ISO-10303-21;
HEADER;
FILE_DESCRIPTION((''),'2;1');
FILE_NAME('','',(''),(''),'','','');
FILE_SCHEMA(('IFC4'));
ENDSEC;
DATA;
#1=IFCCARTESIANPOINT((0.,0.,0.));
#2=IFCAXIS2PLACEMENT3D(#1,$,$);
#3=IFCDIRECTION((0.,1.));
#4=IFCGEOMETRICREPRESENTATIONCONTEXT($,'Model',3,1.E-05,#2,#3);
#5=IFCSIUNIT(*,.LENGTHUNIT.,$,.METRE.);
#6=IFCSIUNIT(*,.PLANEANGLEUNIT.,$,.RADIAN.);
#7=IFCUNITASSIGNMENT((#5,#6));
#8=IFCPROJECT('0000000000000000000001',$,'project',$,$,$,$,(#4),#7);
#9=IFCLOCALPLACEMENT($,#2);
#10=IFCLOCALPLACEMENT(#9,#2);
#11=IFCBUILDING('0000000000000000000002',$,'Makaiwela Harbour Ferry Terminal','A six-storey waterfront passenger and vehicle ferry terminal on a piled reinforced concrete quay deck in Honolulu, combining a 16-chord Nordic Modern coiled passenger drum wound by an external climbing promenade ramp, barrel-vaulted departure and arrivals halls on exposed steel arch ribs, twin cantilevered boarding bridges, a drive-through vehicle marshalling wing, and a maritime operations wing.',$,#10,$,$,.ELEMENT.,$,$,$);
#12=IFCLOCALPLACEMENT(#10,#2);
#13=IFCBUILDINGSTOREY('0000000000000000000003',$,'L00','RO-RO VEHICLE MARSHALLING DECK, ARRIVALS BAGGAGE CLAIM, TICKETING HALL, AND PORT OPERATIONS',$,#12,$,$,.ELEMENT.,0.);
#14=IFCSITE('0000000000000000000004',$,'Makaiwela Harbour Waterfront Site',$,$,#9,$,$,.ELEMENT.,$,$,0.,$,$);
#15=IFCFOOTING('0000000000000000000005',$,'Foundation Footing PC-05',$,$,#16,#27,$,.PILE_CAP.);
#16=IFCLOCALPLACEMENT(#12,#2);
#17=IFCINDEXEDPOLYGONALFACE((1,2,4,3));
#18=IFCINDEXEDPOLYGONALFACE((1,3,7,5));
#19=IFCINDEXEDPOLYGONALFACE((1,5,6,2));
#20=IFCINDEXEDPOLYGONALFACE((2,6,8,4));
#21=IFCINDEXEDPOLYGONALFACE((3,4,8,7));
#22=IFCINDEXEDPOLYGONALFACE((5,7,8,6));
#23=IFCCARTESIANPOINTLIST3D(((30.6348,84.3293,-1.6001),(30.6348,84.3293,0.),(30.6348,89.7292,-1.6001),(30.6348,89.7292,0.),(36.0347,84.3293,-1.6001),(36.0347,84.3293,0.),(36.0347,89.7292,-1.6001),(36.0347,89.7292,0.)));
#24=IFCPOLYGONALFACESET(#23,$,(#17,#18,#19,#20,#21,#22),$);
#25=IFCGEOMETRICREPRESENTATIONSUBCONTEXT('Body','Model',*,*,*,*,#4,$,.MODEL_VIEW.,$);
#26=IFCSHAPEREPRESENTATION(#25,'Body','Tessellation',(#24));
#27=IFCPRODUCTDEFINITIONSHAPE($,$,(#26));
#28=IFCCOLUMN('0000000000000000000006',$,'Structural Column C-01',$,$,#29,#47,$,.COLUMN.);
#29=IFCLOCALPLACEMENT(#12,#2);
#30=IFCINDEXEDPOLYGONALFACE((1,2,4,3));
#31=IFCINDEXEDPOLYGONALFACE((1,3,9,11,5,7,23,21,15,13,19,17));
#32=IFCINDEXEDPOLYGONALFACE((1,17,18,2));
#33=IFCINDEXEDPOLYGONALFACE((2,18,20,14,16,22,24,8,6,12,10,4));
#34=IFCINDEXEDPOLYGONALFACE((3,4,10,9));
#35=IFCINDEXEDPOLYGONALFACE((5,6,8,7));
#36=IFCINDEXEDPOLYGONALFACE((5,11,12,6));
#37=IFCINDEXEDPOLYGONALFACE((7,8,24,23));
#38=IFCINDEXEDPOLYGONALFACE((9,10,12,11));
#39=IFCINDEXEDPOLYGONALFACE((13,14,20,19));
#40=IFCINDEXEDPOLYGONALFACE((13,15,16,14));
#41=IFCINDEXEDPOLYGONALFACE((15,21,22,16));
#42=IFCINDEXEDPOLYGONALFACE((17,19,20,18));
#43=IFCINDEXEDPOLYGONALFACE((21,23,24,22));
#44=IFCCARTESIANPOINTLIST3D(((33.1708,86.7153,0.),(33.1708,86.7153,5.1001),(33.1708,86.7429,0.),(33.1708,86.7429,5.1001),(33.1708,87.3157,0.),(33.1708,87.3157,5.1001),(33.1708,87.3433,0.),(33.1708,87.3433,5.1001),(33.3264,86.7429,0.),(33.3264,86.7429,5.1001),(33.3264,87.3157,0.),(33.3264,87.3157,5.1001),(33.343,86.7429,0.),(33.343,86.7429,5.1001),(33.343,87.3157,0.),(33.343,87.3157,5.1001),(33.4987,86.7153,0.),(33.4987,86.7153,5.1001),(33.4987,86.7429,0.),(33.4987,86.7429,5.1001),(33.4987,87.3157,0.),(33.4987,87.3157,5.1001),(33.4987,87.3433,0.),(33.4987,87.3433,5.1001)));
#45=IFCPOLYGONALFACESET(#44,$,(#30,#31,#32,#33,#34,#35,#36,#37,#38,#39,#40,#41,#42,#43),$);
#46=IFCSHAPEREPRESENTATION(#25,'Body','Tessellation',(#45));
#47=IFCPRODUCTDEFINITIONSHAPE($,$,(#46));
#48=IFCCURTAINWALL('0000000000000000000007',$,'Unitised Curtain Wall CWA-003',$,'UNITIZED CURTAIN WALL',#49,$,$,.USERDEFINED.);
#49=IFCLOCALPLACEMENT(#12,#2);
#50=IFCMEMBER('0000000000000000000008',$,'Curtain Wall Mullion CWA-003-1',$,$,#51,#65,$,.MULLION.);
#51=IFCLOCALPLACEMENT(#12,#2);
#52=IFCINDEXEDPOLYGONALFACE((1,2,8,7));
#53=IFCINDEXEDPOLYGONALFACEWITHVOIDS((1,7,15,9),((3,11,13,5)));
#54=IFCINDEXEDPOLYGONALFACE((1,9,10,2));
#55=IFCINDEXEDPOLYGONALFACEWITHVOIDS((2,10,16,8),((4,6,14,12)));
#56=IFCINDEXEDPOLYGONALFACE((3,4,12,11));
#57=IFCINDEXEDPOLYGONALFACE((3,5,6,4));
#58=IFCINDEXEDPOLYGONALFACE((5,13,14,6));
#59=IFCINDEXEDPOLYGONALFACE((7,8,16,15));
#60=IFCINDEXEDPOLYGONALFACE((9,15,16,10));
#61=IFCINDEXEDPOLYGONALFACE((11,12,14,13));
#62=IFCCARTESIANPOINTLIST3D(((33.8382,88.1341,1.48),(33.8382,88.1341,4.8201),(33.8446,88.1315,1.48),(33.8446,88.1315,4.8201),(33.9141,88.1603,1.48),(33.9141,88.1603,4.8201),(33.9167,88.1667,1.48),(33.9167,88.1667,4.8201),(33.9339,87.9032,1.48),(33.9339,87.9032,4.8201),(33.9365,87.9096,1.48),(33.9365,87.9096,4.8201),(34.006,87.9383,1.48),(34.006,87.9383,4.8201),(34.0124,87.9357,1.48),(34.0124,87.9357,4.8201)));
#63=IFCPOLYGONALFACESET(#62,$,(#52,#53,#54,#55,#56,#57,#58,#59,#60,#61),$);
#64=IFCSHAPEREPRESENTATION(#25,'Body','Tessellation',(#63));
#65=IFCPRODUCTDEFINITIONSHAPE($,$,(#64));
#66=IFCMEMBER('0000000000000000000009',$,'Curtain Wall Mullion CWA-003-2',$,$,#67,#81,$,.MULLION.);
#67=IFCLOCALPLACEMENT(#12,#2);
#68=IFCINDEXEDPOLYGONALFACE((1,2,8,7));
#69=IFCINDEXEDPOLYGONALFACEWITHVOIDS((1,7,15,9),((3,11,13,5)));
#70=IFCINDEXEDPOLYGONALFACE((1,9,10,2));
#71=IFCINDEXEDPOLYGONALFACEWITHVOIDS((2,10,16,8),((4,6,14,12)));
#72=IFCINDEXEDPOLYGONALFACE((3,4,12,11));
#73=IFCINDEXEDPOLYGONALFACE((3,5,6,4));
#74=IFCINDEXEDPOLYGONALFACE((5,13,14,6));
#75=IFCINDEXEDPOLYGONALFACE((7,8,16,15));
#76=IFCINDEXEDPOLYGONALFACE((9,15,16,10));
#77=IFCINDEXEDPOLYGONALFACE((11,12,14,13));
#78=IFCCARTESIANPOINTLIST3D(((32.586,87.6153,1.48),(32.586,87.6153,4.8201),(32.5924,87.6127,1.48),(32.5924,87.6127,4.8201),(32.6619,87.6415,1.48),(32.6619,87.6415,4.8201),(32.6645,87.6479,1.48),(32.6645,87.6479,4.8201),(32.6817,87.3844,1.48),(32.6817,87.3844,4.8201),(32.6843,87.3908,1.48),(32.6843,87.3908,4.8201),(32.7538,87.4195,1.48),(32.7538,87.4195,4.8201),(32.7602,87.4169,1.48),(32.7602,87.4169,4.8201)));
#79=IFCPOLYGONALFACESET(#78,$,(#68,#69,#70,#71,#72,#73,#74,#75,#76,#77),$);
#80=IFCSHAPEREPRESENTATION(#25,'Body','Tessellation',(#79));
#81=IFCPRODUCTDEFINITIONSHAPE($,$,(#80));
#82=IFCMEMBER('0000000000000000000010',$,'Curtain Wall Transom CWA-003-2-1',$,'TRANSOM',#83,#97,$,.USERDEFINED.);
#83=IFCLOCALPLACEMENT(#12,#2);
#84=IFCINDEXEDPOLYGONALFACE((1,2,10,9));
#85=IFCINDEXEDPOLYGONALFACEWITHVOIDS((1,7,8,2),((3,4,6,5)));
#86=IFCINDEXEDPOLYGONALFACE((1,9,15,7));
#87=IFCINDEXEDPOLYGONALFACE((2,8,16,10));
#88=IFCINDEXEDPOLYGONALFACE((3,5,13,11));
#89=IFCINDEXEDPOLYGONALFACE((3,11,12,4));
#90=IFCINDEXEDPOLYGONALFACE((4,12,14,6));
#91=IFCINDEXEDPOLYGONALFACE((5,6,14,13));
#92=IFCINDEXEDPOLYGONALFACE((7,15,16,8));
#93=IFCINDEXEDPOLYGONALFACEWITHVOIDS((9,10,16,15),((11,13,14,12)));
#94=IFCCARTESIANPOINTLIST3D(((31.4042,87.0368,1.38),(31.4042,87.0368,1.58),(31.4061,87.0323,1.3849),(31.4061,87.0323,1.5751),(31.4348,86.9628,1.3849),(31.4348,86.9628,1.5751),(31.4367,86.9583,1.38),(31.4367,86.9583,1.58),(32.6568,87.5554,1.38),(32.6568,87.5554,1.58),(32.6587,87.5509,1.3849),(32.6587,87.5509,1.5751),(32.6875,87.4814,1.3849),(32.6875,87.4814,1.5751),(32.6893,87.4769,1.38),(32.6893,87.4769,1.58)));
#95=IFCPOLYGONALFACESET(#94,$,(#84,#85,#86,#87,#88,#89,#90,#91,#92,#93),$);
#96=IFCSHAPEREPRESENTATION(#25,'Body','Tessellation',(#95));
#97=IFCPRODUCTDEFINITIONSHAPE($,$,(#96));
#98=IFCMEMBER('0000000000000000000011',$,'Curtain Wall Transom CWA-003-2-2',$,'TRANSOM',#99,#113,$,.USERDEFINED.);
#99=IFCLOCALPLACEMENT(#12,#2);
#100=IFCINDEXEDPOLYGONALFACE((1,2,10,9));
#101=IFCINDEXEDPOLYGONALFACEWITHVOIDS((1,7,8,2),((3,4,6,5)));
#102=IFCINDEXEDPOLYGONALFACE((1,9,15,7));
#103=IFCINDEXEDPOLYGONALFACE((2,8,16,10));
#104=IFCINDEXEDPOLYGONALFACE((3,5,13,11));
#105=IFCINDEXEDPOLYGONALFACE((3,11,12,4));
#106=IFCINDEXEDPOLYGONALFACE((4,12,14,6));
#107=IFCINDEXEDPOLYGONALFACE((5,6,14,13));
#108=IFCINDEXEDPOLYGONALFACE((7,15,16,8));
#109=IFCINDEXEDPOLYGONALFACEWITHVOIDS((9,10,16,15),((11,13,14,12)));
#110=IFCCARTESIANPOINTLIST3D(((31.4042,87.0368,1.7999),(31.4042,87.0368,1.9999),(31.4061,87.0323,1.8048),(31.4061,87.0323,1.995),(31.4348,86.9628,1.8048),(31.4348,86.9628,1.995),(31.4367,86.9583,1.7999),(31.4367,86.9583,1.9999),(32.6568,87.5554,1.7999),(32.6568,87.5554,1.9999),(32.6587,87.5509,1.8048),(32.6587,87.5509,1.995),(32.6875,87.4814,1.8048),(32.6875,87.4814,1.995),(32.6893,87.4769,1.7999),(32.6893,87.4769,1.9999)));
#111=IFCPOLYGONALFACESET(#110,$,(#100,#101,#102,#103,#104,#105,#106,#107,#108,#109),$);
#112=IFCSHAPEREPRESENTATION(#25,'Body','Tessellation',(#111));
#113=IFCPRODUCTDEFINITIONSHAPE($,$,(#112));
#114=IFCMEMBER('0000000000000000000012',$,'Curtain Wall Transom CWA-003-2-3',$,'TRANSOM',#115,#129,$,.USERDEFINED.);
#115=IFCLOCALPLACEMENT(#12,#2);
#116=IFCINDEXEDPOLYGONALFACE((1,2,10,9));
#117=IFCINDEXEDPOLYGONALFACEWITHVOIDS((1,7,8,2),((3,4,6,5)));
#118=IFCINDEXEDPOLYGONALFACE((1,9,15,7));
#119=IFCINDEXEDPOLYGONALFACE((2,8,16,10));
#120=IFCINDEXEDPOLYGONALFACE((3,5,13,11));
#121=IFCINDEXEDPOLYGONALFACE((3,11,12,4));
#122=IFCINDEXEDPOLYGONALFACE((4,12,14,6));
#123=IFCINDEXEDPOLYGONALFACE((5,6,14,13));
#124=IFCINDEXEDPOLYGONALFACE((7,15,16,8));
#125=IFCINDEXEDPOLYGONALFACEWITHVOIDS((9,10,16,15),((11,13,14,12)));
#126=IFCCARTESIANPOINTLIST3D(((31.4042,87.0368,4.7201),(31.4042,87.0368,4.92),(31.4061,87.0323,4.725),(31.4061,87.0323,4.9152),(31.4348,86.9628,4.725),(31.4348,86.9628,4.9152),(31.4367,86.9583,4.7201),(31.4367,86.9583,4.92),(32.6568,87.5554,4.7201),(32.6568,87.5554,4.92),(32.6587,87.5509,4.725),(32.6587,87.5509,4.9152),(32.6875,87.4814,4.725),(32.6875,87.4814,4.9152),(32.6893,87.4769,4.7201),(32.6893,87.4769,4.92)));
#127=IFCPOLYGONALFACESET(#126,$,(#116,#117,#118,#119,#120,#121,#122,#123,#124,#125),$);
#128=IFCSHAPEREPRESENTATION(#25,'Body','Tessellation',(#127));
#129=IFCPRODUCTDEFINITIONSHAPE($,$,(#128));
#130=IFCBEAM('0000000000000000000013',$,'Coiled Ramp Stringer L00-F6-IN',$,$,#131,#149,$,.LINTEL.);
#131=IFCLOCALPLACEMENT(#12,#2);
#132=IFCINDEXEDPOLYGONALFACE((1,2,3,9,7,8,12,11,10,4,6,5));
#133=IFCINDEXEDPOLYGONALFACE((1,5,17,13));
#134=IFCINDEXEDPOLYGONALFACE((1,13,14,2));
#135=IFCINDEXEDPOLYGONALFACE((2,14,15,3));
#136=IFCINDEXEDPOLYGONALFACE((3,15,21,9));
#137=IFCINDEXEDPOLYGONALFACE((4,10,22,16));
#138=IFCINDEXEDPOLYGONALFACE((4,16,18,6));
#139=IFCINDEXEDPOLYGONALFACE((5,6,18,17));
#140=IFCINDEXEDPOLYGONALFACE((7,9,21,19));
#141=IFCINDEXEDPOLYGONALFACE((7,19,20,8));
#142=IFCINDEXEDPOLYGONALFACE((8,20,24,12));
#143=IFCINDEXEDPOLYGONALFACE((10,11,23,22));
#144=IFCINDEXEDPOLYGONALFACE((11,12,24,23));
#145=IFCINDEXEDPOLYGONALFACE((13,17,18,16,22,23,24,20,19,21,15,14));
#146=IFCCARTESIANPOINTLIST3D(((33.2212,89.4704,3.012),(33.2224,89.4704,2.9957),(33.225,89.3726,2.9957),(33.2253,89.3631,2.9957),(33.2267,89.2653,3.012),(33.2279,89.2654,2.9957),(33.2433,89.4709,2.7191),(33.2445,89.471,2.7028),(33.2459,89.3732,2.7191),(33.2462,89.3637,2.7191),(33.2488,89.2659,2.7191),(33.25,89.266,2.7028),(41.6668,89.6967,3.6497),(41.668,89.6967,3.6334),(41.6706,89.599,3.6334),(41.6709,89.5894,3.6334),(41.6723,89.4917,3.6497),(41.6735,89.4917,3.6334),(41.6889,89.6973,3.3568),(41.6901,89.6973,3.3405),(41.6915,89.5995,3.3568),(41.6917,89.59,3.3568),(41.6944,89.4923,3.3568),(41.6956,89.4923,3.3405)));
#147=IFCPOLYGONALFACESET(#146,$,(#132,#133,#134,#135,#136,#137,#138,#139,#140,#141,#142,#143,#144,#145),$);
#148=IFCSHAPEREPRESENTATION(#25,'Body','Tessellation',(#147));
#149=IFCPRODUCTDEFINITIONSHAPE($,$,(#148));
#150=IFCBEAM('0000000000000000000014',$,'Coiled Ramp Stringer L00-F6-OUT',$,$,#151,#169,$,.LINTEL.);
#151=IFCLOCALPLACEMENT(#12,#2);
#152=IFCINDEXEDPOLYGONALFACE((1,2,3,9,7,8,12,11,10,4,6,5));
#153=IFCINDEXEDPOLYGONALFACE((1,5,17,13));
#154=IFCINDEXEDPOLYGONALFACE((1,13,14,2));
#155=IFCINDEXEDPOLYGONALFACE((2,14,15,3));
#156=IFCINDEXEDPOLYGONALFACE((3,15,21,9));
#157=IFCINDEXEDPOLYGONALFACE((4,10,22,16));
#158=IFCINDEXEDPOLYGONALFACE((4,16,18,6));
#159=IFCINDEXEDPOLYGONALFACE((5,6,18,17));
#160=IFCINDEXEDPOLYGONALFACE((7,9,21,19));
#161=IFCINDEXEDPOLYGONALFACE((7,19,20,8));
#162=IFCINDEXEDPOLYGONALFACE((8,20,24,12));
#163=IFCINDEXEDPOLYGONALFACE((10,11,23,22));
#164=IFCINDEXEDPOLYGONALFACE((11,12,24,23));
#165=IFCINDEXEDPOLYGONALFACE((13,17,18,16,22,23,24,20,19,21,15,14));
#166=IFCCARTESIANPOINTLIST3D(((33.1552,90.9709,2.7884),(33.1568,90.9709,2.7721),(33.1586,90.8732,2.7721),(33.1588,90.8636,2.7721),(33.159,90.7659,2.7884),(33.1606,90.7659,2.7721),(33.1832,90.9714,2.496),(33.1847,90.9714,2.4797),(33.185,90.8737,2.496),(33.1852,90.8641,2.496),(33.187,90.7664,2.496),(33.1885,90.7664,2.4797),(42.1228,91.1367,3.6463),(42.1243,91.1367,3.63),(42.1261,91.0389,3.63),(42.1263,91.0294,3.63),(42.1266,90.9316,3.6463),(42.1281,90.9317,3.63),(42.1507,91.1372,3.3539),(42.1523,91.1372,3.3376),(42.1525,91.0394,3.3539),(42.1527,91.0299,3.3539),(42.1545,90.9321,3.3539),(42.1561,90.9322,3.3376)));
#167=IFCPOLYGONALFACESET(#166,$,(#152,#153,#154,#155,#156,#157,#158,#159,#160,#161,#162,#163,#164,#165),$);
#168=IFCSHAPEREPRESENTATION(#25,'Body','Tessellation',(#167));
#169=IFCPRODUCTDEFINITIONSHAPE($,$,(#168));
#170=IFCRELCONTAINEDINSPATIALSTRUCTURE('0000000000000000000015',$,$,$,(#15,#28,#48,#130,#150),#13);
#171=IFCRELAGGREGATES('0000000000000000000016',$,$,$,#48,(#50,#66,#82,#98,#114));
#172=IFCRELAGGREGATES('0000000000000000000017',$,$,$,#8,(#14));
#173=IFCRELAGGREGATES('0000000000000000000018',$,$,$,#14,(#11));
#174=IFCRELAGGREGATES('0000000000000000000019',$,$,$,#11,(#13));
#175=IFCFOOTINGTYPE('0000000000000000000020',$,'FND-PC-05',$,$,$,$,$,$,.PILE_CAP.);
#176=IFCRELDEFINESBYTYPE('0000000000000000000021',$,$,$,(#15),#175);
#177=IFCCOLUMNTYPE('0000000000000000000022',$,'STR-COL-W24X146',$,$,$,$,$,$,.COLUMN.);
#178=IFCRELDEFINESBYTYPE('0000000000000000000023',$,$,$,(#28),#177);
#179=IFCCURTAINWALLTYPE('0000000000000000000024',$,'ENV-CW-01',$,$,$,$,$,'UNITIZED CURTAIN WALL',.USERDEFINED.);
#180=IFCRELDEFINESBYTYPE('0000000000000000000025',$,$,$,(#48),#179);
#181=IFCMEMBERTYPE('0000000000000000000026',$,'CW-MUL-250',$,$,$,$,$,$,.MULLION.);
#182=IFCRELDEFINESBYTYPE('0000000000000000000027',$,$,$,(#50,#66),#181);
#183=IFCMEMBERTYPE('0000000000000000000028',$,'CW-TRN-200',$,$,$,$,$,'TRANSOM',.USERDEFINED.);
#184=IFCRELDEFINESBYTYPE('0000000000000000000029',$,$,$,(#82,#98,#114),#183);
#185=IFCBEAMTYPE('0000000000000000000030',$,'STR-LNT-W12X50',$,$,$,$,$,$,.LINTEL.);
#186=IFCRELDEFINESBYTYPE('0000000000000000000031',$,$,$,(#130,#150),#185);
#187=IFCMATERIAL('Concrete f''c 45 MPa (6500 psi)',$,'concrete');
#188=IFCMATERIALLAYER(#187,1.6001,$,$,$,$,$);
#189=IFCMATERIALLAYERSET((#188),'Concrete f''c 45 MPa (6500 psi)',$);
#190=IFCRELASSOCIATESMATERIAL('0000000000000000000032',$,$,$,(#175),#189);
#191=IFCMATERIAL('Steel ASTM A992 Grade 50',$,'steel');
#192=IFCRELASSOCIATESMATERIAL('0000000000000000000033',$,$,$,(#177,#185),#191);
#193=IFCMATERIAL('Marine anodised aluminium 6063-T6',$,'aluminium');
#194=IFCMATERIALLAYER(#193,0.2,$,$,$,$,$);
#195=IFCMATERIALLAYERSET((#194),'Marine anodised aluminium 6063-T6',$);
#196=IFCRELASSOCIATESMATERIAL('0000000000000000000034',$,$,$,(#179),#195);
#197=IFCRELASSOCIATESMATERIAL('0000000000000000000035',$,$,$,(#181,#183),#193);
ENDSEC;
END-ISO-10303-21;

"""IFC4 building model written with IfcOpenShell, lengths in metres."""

from ifc_helpers import new_model, si_unit, direction, frame, origin, origin_2d, place, context, subcontext, project, spatial, rectangle, hollow_rectangle, i_section, extrude, material, layer, layer_set, material_profile, profile_set, type_object, element, aggregate, save


model = new_model("IFC4")

# Units and contexts
model_context = context("Model", 3, precision=1e-05, world=origin(), true_north=direction((0.0, 1.0)))
body_context = subcontext(model_context, "Body", "Model", "MODEL_VIEW")
ifc_project = project(units=[si_unit("LENGTHUNIT", "METRE"), si_unit("PLANEANGLEUNIT", "RADIAN")], contexts=[model_context])

# Site, building, storey
site_placement = place(None, origin())
site = spatial("IfcSite", under=ifc_project, at=site_placement, Name="Makaiwela Harbour Waterfront Site", CompositionType="ELEMENT", RefElevation=0.0)
building_placement = place(site_placement, origin())
building = spatial("IfcBuilding", under=site, at=building_placement, Name="Makaiwela Harbour Ferry Terminal", Description="A six-storey waterfront passenger and vehicle ferry terminal on a piled reinforced concrete quay deck in Honolulu, combining a 16-chord Nordic Modern coiled passenger drum wound by an external climbing promenade ramp, barrel-vaulted departure and arrivals halls on exposed steel arch ribs, twin cantilevered boarding bridges, a drive-through vehicle marshalling wing, and a maritime operations wing.", CompositionType="ELEMENT")
storey_placement = place(building_placement, origin())
storey = spatial("IfcBuildingStorey", under=building, at=storey_placement, Name="L00", Description="RO-RO VEHICLE MARSHALLING DECK, ARRIVALS BAGGAGE CLAIM, TICKETING HALL, AND PORT OPERATIONS", CompositionType="ELEMENT", Elevation=0.0)

# Footing
ifc_material_1 = material(Name="Concrete f'c 45 MPa (6500 psi)", Category="concrete")
ifc_layer_1 = layer(ifc_material_1, 1.6001)
ifc_layer_set_1 = layer_set([ifc_layer_1], Name="Concrete f'c 45 MPa (6500 psi)")
footing_type = type_object("IfcFootingType", Name="FND-PC-05", PredefinedType="PILE_CAP", material=ifc_layer_set_1)
footing_placement = place(storey_placement, frame((33.3347, 87.0293, -1.6001), z_axis=(0.0, 0.0, 1.0), x_axis=(1.0, 0.0, 0.0)))
element("IfcFooting", 1, at=footing_placement, inside=storey, type_object=footing_type, Name="Foundation Footing PC-05", PredefinedType="PILE_CAP", context=body_context, shape_type="SweptSolid", body=[
    extrude(rectangle(XDim=5.3999, YDim=5.3999, at=origin_2d()), origin(), (0.0, 0.0, 1.0), 1.6001),
])

# Column
ifc_material_2 = material(Name="Steel ASTM A992 Grade 50", Category="steel")
ifc_material_profile_1 = material_profile(ifc_material_2, i_section(OverallWidth=0.3279, OverallDepth=0.6279, WebThickness=0.0166, FlangeThickness=0.0276, at=origin_2d()), Name="W24X146")
ifc_profile_set_1 = profile_set([ifc_material_profile_1], Name="Steel ASTM A992 Grade 50")
column_type = type_object("IfcColumnType", Name="STR-COL-W24X146", PredefinedType="COLUMN", material=ifc_profile_set_1)
column_placement = place(storey_placement, frame((33.3347, 87.0293, 0.0), z_axis=(0.0, 0.0, 1.0), x_axis=(1.0, 0.0, 0.0)))
element("IfcColumn", 2, at=column_placement, inside=storey, type_object=column_type, Name="Structural Column C-01", PredefinedType="COLUMN", context=body_context, shape_type="SweptSolid", body=[
    extrude(i_section(OverallWidth=0.3279, OverallDepth=0.6279, WebThickness=0.0166, FlangeThickness=0.0276, at=origin_2d()), origin(), (0.0, 0.0, 1.0), 5.1001),
])

# Curtain wall, members
ifc_material_3 = material(Name="Marine anodised aluminium 6063-T6", Category="aluminium")
ifc_layer_2 = layer(ifc_material_3, 0.2)
ifc_layer_set_2 = layer_set([ifc_layer_2], Name="Marine anodised aluminium 6063-T6")
curtain_wall_type = type_object("IfcCurtainWallType", Name="ENV-CW-01", ElementType="UNITIZED CURTAIN WALL", PredefinedType="USERDEFINED", material=ifc_layer_set_2)
curtain_wall_placement = place(storey_placement, origin())
curtain_wall = element("IfcCurtainWall", 3, at=curtain_wall_placement, inside=storey, type_object=curtain_wall_type, Name="Unitised Curtain Wall CWA-003", ObjectType="UNITIZED CURTAIN WALL", PredefinedType="USERDEFINED")
ifc_material_profile_2 = material_profile(ifc_material_3, hollow_rectangle(XDim=0.085, YDim=0.25, WallThickness=0.0049, at=origin_2d()), Name="CWM-250X85")
ifc_profile_set_2 = profile_set([ifc_material_profile_2], Name="Marine anodised aluminium 6063-T6")
member_type_1 = type_object("IfcMemberType", Name="CW-MUL-250", PredefinedType="MULLION", material=ifc_profile_set_2)
member_1_placement = place(storey_placement, frame((33.9253, 88.0349, 1.48), z_axis=(0.0, 0.0, 1.0), x_axis=(0.92388, 0.382683, 0.0)))
member_1 = element("IfcMember", 4, at=member_1_placement, type_object=member_type_1, Name="Curtain Wall Mullion CWA-003-1", PredefinedType="MULLION", context=body_context, shape_type="SweptSolid", body=[
    extrude(hollow_rectangle(XDim=0.085, YDim=0.25, WallThickness=0.0049, at=origin_2d()), origin(), (0.0, 0.0, 1.0), 3.3401),
])
member_2_placement = place(storey_placement, frame((32.6731, 87.5161, 1.48), z_axis=(0.0, 0.0, 1.0), x_axis=(0.92388, 0.382683, 0.0)))
member_2 = element("IfcMember", 5, at=member_2_placement, type_object=member_type_1, Name="Curtain Wall Mullion CWA-003-2", PredefinedType="MULLION", context=body_context, shape_type="SweptSolid", body=[
    extrude(hollow_rectangle(XDim=0.085, YDim=0.25, WallThickness=0.0049, at=origin_2d()), origin(), (0.0, 0.0, 1.0), 3.3401),
])
ifc_material_profile_3 = material_profile(ifc_material_3, hollow_rectangle(XDim=0.085, YDim=0.2, WallThickness=0.0049, at=origin_2d()), Name="CWT-200X85")
ifc_profile_set_3 = profile_set([ifc_material_profile_3], Name="Marine anodised aluminium 6063-T6")
member_type_2 = type_object("IfcMemberType", Name="CW-TRN-200", ElementType="TRANSOM", PredefinedType="USERDEFINED", material=ifc_profile_set_3)
member_3_placement = place(storey_placement, frame((32.6731, 87.5161, 1.48), z_axis=(-0.923964, -0.382479, 0.0), x_axis=(0.382479, -0.923964, 0.0)))
member_3 = element("IfcMember", 6, at=member_3_placement, type_object=member_type_2, Name="Curtain Wall Transom CWA-003-2-1", ObjectType="TRANSOM", PredefinedType="USERDEFINED", context=body_context, shape_type="SweptSolid", body=[
    extrude(hollow_rectangle(XDim=0.085, YDim=0.2, WallThickness=0.0049, at=origin_2d()), origin(), (0.0, 0.0, 1.0), 1.3557),
])
member_4_placement = place(storey_placement, frame((32.6731, 87.5161, 1.8999), z_axis=(-0.923964, -0.382479, 0.0), x_axis=(0.382479, -0.923964, 0.0)))
member_4 = element("IfcMember", 7, at=member_4_placement, type_object=member_type_2, Name="Curtain Wall Transom CWA-003-2-2", ObjectType="TRANSOM", PredefinedType="USERDEFINED", context=body_context, shape_type="SweptSolid", body=[
    extrude(hollow_rectangle(XDim=0.085, YDim=0.2, WallThickness=0.0049, at=origin_2d()), origin(), (0.0, 0.0, 1.0), 1.3557),
])
member_5_placement = place(storey_placement, frame((32.6731, 87.5161, 4.8201), z_axis=(-0.923964, -0.382479, 0.0), x_axis=(0.382479, -0.923964, 0.0)))
member_5 = element("IfcMember", 8, at=member_5_placement, type_object=member_type_2, Name="Curtain Wall Transom CWA-003-2-3", ObjectType="TRANSOM", PredefinedType="USERDEFINED", context=body_context, shape_type="SweptSolid", body=[
    extrude(hollow_rectangle(XDim=0.085, YDim=0.2, WallThickness=0.0049, at=origin_2d()), origin(), (0.0, 0.0, 1.0), 1.3557),
])

# Beams
ifc_material_profile_4 = material_profile(ifc_material_2, i_section(OverallWidth=0.2051, OverallDepth=0.3101, WebThickness=0.0095, FlangeThickness=0.0164, at=origin_2d()), Name="W12X50")
ifc_profile_set_4 = profile_set([ifc_material_profile_4], Name="Steel ASTM A992 Grade 50")
beam_type = type_object("IfcBeamType", Name="STR-LNT-W12X50", PredefinedType="LINTEL", material=ifc_profile_set_4)
beam_1_placement = place(storey_placement, frame((33.2356, 89.3682, 2.8574), z_axis=(0.996806, 0.026712, 0.075265), x_axis=(-0.026788, 0.999641, 0.0)))
element("IfcBeam", 9, at=beam_1_placement, inside=storey, type_object=beam_type, Name="Coiled Ramp Stringer L00-F6-IN", PredefinedType="LINTEL", context=body_context, shape_type="SweptSolid", body=[
    extrude(i_section(OverallWidth=0.2051, OverallDepth=0.3101, WebThickness=0.0095, FlangeThickness=0.0164, at=origin_2d()), origin(), (0.0, 0.0, 1.0), 8.4727),
])
beam_2_placement = place(storey_placement, frame((33.1719, 90.8687, 2.634), z_axis=(0.995286, 0.018399, 0.095218), x_axis=(-0.018483, 0.999829, 0.0)))
element("IfcBeam", 10, at=beam_2_placement, inside=storey, type_object=beam_type, Name="Coiled Ramp Stringer L00-F6-OUT", PredefinedType="LINTEL", context=body_context, shape_type="SweptSolid", body=[
    extrude(i_section(OverallWidth=0.2051, OverallDepth=0.3101, WebThickness=0.0095, FlangeThickness=0.0164, at=origin_2d()), origin(), (0.0, 0.0, 1.0), 9.01),
])

aggregate(curtain_wall, [member_1, member_2, member_3, member_4, member_5])

save(model, "model.ifc")
